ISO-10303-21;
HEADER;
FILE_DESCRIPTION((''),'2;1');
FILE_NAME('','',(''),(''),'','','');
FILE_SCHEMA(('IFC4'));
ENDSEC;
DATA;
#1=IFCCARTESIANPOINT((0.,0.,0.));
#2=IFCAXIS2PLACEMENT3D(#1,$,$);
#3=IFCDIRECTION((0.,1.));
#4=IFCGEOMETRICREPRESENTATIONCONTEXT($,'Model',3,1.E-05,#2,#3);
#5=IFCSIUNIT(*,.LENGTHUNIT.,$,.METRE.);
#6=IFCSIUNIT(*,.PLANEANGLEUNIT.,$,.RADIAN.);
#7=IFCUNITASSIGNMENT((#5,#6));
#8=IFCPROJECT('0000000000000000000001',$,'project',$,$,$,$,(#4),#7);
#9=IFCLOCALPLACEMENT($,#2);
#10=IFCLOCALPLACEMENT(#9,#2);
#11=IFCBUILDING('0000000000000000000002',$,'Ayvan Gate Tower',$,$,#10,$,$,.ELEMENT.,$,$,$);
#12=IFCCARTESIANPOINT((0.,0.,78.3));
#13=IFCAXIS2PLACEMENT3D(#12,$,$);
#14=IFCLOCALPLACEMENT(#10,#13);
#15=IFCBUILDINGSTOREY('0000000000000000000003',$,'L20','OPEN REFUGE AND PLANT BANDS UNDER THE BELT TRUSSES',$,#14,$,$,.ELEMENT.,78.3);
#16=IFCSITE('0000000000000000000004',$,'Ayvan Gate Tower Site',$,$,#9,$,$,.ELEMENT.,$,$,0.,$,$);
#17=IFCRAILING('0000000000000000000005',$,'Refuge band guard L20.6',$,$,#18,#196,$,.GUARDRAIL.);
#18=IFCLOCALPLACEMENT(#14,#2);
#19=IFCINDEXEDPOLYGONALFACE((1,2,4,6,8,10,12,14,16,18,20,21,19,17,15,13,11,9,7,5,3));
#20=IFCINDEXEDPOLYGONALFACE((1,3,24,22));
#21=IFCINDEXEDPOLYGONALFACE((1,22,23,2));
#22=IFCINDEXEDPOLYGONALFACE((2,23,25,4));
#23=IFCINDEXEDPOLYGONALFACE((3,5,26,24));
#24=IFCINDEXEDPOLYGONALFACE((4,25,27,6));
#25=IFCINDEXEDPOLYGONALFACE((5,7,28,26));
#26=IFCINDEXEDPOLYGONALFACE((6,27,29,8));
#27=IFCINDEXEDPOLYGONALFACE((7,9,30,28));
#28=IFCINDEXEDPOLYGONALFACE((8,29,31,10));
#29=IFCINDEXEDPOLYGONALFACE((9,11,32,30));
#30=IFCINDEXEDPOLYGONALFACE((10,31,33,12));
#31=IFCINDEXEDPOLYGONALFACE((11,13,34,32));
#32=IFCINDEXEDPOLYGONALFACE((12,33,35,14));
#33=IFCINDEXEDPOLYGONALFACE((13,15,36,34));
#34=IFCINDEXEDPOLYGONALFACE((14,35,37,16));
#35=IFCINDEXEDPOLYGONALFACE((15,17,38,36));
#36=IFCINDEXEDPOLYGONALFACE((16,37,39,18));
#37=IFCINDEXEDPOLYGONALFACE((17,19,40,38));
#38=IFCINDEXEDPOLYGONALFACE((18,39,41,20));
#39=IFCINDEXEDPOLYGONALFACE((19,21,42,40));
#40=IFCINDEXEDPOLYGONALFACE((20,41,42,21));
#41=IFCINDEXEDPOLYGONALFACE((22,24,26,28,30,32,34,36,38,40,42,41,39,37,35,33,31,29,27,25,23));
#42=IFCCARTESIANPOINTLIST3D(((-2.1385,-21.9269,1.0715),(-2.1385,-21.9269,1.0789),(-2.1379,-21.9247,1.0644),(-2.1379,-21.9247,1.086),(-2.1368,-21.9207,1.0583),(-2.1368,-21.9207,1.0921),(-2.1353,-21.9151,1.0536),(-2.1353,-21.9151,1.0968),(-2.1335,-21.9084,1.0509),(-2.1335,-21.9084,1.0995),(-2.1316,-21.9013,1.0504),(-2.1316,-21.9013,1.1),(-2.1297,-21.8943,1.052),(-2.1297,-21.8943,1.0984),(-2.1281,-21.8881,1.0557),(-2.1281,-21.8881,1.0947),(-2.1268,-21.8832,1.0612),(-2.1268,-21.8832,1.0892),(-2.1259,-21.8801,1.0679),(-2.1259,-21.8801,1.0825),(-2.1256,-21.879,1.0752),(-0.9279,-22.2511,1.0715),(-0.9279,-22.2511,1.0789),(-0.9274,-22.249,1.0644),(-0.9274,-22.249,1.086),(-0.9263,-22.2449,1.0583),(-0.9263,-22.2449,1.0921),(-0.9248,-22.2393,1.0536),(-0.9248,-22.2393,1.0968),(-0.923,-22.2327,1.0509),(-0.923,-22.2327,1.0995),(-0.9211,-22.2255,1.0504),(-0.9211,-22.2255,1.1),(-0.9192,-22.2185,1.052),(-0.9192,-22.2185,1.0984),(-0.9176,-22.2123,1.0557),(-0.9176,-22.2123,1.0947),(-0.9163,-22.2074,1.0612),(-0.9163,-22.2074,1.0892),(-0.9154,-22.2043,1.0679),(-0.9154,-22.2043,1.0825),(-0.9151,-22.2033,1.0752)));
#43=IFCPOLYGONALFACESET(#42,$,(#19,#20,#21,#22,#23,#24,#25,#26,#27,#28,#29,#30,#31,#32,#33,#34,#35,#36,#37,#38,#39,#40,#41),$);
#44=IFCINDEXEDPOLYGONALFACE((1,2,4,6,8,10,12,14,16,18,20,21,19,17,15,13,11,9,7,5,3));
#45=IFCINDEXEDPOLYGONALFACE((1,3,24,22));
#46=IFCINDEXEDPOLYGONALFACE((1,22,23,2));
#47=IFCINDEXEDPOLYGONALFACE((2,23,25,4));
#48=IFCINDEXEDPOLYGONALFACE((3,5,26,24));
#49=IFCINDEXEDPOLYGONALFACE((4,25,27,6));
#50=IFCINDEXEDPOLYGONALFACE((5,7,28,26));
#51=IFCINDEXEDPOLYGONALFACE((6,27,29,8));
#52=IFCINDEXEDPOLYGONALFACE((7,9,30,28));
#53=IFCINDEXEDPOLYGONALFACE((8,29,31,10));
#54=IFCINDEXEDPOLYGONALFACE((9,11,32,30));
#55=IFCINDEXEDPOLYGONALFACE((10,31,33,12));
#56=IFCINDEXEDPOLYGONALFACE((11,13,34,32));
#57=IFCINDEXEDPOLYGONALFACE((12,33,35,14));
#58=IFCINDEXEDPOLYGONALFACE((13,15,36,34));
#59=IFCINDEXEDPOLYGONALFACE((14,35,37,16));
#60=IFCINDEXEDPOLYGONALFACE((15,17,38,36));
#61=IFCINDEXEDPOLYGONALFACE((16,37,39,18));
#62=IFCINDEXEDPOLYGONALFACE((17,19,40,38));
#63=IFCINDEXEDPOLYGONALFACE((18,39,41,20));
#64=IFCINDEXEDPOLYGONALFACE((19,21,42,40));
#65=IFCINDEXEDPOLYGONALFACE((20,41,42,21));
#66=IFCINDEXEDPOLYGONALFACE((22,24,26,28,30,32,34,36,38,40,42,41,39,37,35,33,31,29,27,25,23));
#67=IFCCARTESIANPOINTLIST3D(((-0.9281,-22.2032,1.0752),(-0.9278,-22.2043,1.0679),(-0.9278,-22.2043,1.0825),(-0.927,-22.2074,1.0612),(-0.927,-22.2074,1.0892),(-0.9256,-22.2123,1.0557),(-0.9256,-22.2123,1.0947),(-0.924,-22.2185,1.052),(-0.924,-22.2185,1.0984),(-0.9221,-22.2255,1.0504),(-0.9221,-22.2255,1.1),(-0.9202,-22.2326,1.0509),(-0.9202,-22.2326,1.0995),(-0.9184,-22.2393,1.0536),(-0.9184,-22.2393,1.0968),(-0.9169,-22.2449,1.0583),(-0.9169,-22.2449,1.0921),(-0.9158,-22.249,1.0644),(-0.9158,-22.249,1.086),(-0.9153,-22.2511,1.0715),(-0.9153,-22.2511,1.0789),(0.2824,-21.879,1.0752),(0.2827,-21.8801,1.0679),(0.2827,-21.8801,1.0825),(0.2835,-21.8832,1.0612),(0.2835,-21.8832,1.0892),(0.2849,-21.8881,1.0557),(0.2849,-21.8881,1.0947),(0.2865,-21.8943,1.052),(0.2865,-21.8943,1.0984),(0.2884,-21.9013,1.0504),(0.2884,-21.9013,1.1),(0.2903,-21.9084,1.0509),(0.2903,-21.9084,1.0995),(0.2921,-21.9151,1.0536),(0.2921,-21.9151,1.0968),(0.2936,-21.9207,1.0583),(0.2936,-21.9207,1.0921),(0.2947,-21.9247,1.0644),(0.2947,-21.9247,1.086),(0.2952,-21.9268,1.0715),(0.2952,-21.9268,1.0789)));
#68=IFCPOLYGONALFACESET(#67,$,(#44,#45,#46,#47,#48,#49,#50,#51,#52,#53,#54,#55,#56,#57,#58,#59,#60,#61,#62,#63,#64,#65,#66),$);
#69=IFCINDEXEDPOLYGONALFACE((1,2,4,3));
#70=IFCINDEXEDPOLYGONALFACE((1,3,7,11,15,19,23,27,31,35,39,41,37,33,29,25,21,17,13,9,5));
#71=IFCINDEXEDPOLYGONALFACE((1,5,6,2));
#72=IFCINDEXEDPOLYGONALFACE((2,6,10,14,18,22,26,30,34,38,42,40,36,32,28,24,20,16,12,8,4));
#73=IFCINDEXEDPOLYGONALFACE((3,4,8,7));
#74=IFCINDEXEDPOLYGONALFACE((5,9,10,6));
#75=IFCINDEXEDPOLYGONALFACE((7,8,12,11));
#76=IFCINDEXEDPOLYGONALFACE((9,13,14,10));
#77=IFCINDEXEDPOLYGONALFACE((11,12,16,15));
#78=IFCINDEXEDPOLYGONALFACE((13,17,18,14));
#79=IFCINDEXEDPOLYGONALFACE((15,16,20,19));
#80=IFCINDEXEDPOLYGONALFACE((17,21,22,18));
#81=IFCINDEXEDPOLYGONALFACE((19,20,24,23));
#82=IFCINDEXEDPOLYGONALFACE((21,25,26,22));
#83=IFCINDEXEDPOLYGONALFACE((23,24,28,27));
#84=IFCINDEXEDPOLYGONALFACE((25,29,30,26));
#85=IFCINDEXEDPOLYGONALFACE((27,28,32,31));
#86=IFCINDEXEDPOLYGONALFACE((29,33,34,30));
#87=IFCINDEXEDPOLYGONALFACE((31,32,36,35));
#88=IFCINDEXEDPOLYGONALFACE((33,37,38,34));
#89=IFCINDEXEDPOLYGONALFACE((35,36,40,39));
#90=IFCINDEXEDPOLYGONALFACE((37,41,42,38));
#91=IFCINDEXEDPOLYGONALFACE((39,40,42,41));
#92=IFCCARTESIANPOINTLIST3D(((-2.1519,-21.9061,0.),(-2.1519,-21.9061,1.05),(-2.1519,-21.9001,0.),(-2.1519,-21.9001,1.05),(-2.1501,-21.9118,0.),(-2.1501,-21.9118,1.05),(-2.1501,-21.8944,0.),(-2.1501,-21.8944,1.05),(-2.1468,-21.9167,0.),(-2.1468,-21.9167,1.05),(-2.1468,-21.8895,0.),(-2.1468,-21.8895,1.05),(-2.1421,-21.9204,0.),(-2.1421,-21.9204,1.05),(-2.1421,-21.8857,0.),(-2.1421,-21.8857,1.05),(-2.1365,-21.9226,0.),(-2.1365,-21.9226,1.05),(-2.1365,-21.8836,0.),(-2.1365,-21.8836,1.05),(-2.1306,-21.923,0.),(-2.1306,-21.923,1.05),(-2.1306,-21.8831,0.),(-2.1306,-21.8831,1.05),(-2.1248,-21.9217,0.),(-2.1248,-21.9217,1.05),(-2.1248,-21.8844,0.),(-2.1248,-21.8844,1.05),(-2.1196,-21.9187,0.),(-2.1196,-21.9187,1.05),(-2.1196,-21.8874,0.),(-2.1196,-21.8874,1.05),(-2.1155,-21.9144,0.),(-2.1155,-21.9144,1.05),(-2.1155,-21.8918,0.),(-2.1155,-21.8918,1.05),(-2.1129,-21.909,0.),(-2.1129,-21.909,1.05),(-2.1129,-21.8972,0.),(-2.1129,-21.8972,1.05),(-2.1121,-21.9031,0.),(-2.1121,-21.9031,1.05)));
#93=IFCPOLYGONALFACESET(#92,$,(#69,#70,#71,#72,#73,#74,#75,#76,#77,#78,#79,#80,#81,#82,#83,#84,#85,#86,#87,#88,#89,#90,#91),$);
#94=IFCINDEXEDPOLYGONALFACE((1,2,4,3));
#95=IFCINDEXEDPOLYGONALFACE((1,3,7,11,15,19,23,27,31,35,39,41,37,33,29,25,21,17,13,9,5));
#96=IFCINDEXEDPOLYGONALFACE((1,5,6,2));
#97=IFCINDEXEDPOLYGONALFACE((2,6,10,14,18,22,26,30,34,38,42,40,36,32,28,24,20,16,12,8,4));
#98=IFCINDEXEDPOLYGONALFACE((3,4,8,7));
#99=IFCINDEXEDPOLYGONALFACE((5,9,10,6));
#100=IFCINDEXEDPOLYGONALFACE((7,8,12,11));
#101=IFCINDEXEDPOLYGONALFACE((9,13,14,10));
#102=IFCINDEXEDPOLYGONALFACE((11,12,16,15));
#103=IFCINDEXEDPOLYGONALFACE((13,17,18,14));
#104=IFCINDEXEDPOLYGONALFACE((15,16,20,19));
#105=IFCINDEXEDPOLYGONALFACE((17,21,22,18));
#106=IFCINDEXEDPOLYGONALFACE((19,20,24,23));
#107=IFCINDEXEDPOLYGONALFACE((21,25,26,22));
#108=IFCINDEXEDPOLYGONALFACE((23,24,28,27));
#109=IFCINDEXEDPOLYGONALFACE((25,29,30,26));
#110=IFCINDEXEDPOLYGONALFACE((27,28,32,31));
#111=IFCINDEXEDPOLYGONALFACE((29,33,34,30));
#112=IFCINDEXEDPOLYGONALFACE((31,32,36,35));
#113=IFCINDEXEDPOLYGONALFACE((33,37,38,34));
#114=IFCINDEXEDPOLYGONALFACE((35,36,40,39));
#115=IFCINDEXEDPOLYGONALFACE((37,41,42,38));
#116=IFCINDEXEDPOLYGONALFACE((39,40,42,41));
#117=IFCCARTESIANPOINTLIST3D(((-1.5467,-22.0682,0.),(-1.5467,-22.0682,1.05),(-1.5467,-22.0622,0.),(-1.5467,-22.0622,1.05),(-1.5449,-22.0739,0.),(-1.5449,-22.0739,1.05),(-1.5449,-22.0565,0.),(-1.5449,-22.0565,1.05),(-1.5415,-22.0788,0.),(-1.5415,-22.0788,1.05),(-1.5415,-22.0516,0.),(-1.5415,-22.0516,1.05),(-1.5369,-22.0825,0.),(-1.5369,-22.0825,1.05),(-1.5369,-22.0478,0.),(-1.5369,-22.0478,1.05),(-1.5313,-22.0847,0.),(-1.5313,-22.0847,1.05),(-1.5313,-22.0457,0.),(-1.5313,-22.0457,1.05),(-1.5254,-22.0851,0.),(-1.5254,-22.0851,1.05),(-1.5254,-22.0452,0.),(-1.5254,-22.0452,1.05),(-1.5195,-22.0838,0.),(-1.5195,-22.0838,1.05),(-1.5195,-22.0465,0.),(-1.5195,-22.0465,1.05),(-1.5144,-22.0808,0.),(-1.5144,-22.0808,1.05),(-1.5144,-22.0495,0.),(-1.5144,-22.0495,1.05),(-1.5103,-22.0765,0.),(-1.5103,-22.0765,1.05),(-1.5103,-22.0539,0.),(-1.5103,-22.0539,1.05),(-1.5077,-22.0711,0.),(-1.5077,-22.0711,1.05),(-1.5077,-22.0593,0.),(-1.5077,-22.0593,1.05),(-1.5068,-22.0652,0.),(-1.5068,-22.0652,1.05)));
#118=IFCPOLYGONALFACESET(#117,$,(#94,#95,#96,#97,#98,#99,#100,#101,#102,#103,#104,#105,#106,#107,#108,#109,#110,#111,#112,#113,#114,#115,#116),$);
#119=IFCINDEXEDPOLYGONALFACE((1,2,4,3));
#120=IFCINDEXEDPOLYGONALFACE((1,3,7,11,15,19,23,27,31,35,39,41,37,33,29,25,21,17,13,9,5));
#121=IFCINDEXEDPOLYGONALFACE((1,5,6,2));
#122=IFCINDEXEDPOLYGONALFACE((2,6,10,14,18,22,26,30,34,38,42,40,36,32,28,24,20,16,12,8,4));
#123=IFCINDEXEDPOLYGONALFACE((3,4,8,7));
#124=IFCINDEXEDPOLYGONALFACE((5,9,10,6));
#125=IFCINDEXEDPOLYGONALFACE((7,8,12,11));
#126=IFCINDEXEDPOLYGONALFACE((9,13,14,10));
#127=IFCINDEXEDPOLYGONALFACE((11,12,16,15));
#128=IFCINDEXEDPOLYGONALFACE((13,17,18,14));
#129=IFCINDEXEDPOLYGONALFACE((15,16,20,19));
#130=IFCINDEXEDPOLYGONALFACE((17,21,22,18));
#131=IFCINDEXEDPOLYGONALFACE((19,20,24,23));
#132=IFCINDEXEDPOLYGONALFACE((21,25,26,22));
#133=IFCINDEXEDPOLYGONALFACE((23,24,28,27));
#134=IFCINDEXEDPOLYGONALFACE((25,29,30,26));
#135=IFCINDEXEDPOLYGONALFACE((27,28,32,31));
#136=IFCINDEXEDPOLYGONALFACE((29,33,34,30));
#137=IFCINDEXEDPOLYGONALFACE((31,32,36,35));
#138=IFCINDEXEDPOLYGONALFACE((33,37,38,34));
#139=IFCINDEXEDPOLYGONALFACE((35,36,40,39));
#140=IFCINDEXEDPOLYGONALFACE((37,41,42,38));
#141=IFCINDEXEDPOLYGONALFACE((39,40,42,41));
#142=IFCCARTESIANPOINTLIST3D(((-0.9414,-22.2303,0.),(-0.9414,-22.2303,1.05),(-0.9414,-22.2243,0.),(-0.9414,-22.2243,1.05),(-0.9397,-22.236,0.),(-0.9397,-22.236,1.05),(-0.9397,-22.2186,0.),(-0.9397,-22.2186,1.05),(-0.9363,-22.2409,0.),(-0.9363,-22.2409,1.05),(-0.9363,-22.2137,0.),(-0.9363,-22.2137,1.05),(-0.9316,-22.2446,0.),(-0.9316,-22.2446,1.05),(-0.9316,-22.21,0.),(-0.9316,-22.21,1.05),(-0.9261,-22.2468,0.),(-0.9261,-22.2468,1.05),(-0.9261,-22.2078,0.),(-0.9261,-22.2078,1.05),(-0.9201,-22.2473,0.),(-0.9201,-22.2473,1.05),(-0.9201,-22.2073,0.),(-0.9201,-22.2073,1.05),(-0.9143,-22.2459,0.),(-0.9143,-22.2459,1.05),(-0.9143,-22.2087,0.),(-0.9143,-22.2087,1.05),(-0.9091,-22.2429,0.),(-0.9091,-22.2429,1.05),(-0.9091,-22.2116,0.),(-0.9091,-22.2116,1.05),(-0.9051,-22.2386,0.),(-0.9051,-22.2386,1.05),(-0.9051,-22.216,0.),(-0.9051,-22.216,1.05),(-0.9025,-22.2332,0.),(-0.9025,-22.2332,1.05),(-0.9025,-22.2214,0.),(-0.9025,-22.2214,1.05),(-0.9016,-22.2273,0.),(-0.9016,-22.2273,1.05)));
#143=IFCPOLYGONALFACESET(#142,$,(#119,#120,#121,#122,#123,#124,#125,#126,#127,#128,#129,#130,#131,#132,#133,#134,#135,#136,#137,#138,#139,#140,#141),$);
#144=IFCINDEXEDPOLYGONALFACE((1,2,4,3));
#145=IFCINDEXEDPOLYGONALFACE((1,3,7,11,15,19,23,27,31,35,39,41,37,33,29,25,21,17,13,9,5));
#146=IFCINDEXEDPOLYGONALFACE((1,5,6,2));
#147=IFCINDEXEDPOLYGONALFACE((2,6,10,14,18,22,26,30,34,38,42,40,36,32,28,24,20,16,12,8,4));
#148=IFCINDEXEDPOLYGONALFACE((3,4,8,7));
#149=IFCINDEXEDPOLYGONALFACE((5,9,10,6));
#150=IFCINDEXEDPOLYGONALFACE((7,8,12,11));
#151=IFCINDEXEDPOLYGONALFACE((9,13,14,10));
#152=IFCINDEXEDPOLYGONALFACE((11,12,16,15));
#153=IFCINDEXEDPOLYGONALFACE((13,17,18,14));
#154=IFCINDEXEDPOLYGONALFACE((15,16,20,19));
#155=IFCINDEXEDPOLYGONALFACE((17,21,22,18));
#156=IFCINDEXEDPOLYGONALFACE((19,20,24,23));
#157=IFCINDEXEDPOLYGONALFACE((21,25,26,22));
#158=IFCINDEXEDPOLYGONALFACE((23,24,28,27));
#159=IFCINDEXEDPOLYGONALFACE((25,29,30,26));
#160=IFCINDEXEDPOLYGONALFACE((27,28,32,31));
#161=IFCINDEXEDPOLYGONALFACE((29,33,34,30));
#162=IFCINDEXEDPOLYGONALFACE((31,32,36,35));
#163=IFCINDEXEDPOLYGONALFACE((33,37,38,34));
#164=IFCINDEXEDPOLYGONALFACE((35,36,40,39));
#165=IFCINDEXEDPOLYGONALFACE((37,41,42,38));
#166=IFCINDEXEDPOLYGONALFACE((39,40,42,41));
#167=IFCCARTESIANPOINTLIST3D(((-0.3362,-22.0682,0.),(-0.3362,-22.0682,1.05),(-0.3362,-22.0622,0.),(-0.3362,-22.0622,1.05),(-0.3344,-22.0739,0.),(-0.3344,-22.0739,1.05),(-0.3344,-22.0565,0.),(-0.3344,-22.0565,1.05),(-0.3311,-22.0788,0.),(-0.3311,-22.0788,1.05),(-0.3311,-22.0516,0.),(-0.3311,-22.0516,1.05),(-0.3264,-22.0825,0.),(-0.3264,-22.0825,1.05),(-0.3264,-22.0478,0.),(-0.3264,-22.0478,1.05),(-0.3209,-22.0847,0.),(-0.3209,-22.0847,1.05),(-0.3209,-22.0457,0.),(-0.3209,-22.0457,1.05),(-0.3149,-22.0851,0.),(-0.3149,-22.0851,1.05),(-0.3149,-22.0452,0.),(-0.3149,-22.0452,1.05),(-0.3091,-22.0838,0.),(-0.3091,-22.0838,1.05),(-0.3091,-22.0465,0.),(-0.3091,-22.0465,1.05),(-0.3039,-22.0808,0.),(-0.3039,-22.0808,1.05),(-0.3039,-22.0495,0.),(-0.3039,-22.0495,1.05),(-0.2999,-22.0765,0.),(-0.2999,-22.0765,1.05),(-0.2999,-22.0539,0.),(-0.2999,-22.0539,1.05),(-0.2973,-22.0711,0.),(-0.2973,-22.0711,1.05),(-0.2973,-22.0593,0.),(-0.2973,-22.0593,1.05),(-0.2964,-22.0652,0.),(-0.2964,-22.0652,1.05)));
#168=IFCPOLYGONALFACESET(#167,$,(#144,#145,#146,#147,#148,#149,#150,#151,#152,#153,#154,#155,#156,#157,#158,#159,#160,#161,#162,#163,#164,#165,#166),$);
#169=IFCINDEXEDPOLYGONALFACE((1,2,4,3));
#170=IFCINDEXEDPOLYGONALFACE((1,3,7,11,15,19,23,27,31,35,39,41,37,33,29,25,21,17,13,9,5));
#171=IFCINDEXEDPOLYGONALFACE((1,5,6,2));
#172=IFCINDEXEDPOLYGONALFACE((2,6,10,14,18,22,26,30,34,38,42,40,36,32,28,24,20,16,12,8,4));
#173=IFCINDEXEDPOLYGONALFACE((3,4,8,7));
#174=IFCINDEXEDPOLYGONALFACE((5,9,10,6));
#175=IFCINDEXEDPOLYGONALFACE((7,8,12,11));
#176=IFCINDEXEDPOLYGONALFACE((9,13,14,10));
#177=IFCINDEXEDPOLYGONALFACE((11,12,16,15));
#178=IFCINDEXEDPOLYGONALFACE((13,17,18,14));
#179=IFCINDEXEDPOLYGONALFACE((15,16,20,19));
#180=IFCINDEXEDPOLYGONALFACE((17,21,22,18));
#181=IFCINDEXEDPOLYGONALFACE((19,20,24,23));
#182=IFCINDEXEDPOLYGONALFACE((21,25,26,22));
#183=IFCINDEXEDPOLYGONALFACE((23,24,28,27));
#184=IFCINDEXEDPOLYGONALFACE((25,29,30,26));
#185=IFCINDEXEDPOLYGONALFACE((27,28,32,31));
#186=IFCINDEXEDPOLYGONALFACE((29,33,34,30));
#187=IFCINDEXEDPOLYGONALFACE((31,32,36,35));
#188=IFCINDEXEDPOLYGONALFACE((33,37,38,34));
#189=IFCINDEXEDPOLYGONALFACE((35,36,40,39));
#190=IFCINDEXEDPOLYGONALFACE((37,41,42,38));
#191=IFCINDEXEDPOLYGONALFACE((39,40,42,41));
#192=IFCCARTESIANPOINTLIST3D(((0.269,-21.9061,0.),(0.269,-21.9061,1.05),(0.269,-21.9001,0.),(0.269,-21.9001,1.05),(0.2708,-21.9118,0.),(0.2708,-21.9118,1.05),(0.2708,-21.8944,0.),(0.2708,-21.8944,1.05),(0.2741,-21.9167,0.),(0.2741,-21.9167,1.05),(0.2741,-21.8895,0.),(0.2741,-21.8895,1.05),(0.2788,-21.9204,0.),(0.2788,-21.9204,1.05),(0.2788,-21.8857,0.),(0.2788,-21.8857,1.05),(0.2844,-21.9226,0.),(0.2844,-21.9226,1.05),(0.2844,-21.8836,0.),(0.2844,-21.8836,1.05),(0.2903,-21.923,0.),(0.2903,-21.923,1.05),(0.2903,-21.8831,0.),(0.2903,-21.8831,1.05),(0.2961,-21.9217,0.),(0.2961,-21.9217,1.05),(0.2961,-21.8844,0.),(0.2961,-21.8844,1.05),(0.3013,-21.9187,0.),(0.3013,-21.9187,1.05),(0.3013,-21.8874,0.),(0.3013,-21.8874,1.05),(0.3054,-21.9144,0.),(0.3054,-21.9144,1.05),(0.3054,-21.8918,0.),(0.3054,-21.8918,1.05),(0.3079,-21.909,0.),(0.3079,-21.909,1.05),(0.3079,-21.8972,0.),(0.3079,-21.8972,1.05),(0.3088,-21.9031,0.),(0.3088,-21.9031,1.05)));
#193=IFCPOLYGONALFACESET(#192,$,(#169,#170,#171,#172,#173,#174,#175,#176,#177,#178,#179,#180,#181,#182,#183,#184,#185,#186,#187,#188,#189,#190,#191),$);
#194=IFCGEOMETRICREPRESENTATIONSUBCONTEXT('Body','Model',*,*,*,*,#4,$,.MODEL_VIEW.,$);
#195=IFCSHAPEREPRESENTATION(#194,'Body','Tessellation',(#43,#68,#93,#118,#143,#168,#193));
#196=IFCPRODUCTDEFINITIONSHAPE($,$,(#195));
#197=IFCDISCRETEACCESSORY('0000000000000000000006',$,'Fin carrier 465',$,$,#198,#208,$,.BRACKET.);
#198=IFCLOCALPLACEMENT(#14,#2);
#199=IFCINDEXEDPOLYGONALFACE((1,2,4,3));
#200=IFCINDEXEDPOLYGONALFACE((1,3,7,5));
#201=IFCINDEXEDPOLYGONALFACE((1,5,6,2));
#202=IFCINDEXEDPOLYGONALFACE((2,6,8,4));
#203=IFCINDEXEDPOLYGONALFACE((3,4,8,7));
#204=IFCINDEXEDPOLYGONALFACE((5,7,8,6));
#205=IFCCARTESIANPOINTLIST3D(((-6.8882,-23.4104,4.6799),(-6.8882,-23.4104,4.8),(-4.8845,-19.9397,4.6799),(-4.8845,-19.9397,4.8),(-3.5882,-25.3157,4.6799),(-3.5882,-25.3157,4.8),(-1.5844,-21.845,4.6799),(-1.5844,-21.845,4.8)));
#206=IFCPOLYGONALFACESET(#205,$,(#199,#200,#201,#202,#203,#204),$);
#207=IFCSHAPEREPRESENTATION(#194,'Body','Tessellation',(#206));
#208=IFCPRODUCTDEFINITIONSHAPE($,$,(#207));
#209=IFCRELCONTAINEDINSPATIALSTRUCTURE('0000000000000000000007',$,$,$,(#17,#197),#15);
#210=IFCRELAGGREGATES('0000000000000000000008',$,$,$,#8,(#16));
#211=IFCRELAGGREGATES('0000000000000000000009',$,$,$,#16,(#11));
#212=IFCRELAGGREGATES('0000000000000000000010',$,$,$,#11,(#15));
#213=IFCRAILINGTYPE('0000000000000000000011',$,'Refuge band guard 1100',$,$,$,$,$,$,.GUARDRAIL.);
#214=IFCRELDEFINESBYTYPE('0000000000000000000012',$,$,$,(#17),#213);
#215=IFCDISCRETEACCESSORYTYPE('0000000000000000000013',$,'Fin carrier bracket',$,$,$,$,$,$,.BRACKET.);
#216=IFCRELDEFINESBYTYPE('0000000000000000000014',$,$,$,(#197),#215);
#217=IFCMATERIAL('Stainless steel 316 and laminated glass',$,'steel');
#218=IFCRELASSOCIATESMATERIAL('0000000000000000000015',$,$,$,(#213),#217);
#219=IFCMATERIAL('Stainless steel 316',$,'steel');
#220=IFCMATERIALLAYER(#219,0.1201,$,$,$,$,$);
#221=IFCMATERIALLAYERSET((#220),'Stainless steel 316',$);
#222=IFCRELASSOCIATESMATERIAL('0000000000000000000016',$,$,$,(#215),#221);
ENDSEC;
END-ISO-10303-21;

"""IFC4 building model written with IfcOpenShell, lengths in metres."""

from ifc_helpers import new_model, si_unit, direction, frame, origin, origin_2d, place, context, subcontext, project, spatial, rectangle, circle, extrude, material, layer, layer_set, type_object, element, save


model = new_model("IFC4")

# Units and contexts
model_context = context("Model", 3, precision=1e-05, world=origin(), true_north=direction((0.0, 1.0)))
body_context = subcontext(model_context, "Body", "Model", "MODEL_VIEW")
ifc_project = project(units=[si_unit("LENGTHUNIT", "METRE"), si_unit("PLANEANGLEUNIT", "RADIAN")], contexts=[model_context])

# Site, building, storey
site_placement = place(None, origin())
site = spatial("IfcSite", under=ifc_project, at=site_placement, Name="Ayvan Gate Tower Site", CompositionType="ELEMENT", RefElevation=0.0)
building_placement = place(site_placement, origin())
building = spatial("IfcBuilding", under=site, at=building_placement, Name="Ayvan Gate Tower", CompositionType="ELEMENT")
storey_placement = place(building_placement, frame((0.0, 0.0, 78.3)))
storey = spatial("IfcBuildingStorey", under=building, at=storey_placement, Name="L20", Description="OPEN REFUGE AND PLANT BANDS UNDER THE BELT TRUSSES", CompositionType="ELEMENT", Elevation=78.3)

# Railing
ifc_material_1 = material(Name="Stainless steel 316 and laminated glass", Category="steel")
railing_type = type_object("IfcRailingType", Name="Refuge band guard 1100", PredefinedType="GUARDRAIL", material=ifc_material_1)
railing_placement = place(storey_placement, frame((-2.1321, -21.9031, 0.0)))
element("IfcRailing", 1, at=railing_placement, inside=storey, type_object=railing_type, Name="Refuge band guard L20.6", PredefinedType="GUARDRAIL", context=body_context, shape_type="SweptSolid", body=[
    extrude(circle(Radius=0.0249, at=origin_2d()), frame((0.0, 0.0, 1.0752), z_axis=(0.96595, -0.25873, 0.0), x_axis=(0.25873, 0.96595, 0.0)), (0.0, 0.0, 1.0), 1.2532),
    extrude(circle(Radius=0.0249, at=origin_2d()), frame((1.2104, -0.3242, 1.0752), z_axis=(0.96595, 0.25873, 0.0), x_axis=(-0.25873, 0.96595, 0.0)), (0.0, 0.0, 1.0), 1.2532),
    extrude(circle(Radius=0.02, at=origin_2d()), origin(), (0.0, 0.0, 1.0), 1.05),
    extrude(circle(Radius=0.02, at=origin_2d()), frame((0.6052, -0.1621, 0.0)), (0.0, 0.0, 1.0), 1.05),
    extrude(circle(Radius=0.02, at=origin_2d()), frame((1.2104, -0.3242, 0.0)), (0.0, 0.0, 1.0), 1.05),
    extrude(circle(Radius=0.02, at=origin_2d()), frame((1.8157, -0.1621, 0.0)), (0.0, 0.0, 1.0), 1.05),
    extrude(circle(Radius=0.02, at=origin_2d()), frame((2.4209, 0.0, 0.0)), (0.0, 0.0, 1.0), 1.05),
])

# Discrete accessory
ifc_material_2 = material(Name="Stainless steel 316", Category="steel")
ifc_layer_1 = layer(ifc_material_2, 0.1201)
ifc_layer_set_1 = layer_set([ifc_layer_1], Name="Stainless steel 316")
discrete_accessory_type_1 = type_object("IfcDiscreteAccessoryType", Name="Fin carrier bracket", PredefinedType="BRACKET", material=ifc_layer_set_1)
discrete_accessory_1_placement = place(storey_placement, frame((-4.2363, -22.6277, 4.6799), z_axis=(0.0, 0.0, 1.0), x_axis=(0.866025, -0.5, 0.0)))
element("IfcDiscreteAccessory", 2, at=discrete_accessory_1_placement, inside=storey, type_object=discrete_accessory_type_1, Name="Fin carrier 465", PredefinedType="BRACKET", context=body_context, shape_type="SweptSolid", body=[
    extrude(rectangle(XDim=3.8105, YDim=4.0076, at=origin_2d()), origin(), (0.0, 0.0, 1.0), 0.1201),
])

save(model, "model.ifc")
